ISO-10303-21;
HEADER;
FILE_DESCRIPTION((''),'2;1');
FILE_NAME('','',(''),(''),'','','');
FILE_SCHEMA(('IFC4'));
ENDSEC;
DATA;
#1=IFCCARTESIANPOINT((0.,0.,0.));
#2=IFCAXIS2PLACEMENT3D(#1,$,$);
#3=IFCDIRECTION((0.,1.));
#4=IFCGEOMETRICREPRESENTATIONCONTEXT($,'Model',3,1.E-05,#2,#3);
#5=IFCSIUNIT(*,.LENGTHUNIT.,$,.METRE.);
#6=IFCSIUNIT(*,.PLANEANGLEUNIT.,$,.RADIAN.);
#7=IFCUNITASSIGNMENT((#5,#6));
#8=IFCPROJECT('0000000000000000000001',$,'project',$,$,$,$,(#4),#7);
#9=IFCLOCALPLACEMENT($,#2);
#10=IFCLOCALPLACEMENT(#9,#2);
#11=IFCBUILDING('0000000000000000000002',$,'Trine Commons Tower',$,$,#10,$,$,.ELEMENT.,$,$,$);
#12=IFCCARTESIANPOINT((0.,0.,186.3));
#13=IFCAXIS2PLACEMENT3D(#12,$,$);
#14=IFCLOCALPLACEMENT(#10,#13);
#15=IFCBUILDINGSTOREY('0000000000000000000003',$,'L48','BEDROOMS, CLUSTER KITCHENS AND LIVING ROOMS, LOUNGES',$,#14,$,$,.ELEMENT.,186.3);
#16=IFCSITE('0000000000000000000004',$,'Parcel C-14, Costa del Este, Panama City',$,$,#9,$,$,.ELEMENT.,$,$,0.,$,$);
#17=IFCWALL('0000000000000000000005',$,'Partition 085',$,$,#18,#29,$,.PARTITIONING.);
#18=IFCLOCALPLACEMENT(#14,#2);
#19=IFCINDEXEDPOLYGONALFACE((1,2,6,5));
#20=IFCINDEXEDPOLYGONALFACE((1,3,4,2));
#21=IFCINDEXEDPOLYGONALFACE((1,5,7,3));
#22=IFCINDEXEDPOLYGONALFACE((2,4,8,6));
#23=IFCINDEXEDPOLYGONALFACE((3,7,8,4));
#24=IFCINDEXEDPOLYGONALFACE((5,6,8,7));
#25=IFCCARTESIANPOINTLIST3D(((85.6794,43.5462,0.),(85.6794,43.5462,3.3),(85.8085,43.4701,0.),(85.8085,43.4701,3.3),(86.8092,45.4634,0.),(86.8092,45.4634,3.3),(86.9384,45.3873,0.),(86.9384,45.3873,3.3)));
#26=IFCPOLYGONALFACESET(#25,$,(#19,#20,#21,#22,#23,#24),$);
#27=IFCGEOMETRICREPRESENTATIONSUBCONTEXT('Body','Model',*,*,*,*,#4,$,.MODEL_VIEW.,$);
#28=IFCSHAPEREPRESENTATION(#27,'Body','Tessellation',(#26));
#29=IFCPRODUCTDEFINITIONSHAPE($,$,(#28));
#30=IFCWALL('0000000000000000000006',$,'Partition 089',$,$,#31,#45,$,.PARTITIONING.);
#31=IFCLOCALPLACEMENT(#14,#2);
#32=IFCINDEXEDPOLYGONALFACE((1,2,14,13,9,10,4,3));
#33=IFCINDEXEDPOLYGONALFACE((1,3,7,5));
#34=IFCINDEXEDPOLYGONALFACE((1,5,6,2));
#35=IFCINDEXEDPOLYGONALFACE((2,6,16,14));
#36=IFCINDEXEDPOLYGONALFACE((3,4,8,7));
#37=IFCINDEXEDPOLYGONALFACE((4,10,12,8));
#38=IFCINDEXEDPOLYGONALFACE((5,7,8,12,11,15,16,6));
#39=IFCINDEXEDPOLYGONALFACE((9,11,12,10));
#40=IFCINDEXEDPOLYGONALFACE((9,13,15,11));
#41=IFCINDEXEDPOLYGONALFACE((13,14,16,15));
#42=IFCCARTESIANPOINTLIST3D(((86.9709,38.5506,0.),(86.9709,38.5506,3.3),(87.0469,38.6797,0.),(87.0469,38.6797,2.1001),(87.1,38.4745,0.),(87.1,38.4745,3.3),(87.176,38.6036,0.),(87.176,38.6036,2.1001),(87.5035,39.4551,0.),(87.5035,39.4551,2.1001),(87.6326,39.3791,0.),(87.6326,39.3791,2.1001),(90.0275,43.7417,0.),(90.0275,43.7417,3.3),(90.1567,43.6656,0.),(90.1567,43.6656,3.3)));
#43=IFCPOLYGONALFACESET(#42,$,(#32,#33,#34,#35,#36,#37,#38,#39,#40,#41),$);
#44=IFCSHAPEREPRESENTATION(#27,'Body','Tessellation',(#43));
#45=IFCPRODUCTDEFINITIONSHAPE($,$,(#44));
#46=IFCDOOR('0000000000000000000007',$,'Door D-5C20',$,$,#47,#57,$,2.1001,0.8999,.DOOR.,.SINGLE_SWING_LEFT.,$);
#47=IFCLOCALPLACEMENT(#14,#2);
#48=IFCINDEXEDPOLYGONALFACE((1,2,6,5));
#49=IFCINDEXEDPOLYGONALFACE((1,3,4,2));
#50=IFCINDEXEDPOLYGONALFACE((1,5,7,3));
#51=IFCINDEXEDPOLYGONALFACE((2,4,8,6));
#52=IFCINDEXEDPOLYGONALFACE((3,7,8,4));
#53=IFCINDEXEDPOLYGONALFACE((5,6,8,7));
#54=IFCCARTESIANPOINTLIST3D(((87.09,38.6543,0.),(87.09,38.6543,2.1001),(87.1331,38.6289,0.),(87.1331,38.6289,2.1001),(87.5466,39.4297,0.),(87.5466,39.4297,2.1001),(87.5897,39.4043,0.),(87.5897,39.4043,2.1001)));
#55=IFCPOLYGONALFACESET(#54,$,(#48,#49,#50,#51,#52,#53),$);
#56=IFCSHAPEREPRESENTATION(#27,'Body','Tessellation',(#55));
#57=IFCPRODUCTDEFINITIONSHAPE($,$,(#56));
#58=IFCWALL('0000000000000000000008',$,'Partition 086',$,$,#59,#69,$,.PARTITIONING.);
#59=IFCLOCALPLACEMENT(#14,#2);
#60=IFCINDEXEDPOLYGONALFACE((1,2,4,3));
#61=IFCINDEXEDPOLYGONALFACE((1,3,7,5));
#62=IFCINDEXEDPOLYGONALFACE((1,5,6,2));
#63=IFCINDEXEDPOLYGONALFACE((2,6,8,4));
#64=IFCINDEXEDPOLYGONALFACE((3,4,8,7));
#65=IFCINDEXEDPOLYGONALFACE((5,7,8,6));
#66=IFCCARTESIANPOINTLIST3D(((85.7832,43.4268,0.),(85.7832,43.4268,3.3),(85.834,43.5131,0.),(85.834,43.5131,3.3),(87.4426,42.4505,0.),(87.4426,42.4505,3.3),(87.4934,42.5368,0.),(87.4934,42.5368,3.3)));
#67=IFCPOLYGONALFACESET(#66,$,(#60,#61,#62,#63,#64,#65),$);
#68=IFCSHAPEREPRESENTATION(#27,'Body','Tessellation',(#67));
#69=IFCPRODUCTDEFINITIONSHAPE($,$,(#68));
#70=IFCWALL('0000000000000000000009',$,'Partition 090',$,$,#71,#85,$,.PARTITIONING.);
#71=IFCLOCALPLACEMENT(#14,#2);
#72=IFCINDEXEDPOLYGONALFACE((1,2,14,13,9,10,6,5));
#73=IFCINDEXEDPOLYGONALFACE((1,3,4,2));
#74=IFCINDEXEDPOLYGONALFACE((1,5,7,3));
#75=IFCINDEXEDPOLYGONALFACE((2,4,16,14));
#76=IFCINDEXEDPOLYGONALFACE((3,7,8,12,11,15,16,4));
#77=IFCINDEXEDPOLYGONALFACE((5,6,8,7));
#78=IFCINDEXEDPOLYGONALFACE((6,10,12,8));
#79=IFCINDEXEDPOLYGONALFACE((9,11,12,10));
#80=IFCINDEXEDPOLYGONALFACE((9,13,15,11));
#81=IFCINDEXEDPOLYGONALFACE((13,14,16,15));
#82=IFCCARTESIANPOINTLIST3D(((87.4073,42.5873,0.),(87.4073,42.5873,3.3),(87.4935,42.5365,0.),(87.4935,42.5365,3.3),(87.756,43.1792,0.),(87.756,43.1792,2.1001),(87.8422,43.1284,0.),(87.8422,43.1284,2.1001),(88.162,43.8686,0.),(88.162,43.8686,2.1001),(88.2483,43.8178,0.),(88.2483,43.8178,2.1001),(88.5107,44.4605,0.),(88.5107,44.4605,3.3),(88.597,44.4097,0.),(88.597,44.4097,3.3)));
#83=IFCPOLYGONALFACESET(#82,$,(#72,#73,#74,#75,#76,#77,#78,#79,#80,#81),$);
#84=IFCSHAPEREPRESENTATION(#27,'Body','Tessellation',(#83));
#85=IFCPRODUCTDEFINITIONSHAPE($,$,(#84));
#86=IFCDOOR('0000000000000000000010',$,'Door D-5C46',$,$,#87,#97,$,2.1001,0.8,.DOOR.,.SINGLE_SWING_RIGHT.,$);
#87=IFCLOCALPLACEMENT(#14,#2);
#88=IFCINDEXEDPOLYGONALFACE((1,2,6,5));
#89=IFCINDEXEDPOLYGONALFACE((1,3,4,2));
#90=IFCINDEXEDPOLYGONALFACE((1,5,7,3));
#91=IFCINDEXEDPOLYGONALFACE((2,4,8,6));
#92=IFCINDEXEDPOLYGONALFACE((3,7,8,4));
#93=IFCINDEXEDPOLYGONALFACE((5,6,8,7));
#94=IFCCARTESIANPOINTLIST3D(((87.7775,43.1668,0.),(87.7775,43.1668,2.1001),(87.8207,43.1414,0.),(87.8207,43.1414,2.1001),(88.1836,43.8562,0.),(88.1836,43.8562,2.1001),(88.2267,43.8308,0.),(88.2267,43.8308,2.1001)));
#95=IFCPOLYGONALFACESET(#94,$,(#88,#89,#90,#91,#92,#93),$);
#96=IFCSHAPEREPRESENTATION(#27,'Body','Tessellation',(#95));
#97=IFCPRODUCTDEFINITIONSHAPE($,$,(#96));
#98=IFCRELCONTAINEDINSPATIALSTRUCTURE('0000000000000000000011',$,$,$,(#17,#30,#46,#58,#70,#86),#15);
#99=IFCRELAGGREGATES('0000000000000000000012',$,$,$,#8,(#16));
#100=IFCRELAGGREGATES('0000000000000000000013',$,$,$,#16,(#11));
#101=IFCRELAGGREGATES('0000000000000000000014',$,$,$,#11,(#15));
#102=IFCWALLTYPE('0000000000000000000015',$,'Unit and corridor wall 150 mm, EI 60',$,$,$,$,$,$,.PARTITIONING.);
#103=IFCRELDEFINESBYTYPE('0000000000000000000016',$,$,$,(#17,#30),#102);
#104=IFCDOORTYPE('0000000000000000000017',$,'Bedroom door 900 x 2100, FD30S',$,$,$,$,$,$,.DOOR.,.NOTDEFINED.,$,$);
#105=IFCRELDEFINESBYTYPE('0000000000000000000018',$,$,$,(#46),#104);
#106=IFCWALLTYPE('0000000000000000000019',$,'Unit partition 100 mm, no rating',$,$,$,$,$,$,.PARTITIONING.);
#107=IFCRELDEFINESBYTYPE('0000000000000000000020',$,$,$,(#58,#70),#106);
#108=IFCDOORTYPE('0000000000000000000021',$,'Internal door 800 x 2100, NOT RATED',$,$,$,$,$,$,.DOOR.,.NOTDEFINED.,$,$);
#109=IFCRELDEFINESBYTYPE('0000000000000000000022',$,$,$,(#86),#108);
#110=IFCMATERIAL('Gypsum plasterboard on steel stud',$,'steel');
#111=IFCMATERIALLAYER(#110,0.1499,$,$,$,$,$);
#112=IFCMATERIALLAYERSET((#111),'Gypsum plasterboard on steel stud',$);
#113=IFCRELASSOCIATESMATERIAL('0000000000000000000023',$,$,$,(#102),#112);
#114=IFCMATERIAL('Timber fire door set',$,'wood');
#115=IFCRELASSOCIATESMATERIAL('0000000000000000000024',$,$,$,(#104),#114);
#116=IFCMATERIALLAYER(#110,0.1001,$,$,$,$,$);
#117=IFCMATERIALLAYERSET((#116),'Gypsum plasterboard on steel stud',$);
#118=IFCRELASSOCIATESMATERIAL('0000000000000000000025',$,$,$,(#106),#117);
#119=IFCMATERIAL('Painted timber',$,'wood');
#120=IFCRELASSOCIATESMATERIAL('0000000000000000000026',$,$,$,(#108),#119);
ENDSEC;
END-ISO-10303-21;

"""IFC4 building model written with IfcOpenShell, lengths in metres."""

from ifc_helpers import new_model, si_unit, direction, frame, frame_2d, origin, place, context, subcontext, project, spatial, rectangle, extrude, material, layer, layer_set, type_object, element, fill, save


model = new_model("IFC4")

# Units and contexts
model_context = context("Model", 3, precision=1e-05, world=origin(), true_north=direction((0.0, 1.0)))
body_context = subcontext(model_context, "Body", "Model", "MODEL_VIEW")
ifc_project = project(units=[si_unit("LENGTHUNIT", "METRE"), si_unit("PLANEANGLEUNIT", "RADIAN")], contexts=[model_context])

# Site, building, storey
site_placement = place(None, origin())
site = spatial("IfcSite", under=ifc_project, at=site_placement, Name="Parcel C-14, Costa del Este, Panama City", CompositionType="ELEMENT", RefElevation=0.0)
building_placement = place(site_placement, origin())
building = spatial("IfcBuilding", under=site, at=building_placement, Name="Trine Commons Tower", CompositionType="ELEMENT")
storey_placement = place(building_placement, frame((0.0, 0.0, 186.3)))
storey = spatial("IfcBuildingStorey", under=building, at=storey_placement, Name="L48", Description="BEDROOMS, CLUSTER KITCHENS AND LIVING ROOMS, LOUNGES", CompositionType="ELEMENT", Elevation=186.3)

# Wall
ifc_material_1 = material(Name="Gypsum plasterboard on steel stud", Category="steel")
ifc_layer_1 = layer(ifc_material_1, 0.1499)
ifc_layer_set_1 = layer_set([ifc_layer_1], Name="Gypsum plasterboard on steel stud")
wall_type_1 = type_object("IfcWallType", Name="Unit and corridor wall 150 mm, EI 60", PredefinedType="PARTITIONING", material=ifc_layer_set_1)
wall_1_placement = place(storey_placement, frame((85.7439, 43.5081, 0.0), z_axis=(0.0, 0.0, 1.0), x_axis=(0.50772, 0.861522, 0.0)))
element("IfcWall", 1, at=wall_1_placement, inside=storey, type_object=wall_type_1, Name="Partition 085", PredefinedType="PARTITIONING", context=body_context, shape_type="SweptSolid", body=[
    extrude(rectangle(XDim=2.2253, YDim=0.1499, at=frame_2d((1.1128, 0.0))), origin(), (0.0, 0.0, 1.0), 3.3),
])

# Wall, opening, door
wall_2_placement = place(storey_placement, frame((87.0354, 38.5125, 0.0), z_axis=(0.0, 0.0, 1.0), x_axis=(0.507392, 0.861715, 0.0)))
wall_2 = element("IfcWall", 2, at=wall_2_placement, inside=storey, type_object=wall_type_1, Name="Partition 089", PredefinedType="PARTITIONING", context=body_context, shape_type="SweptSolid", body=[
    extrude(rectangle(XDim=6.0242, YDim=0.1499, at=frame_2d((3.0122, 0.0))), origin(), (0.0, 0.0, 1.0), 3.3),
])
opening_1_placement = place(wall_2_placement, frame((0.1499, 0.0, 0.0)))
opening_1 = element("IfcOpeningElement", 3, at=opening_1_placement, cuts=wall_2, PredefinedType="OPENING", context=body_context, shape_type="SweptSolid", body=[
    extrude(rectangle(XDim=0.8999, YDim=2.1001, at=frame_2d((0.45, 1.05))), frame((0.0, 0.085, 0.0), z_axis=(0.0, -1.0, 0.0), x_axis=(1.0, 0.0, 0.0)), (0.0, 0.0, 1.0), 0.1699),
])
ifc_material_2 = material(Name="Timber fire door set", Category="wood")
door_type_1 = type_object("IfcDoorType", Name="Bedroom door 900 x 2100, FD30S", OperationType="NOTDEFINED", PredefinedType="DOOR", material=ifc_material_2)
door_1_placement = place(opening_1_placement, origin())
door_1 = element("IfcDoor", 4, at=door_1_placement, inside=storey, type_object=door_type_1, Name="Door D-5C20", OperationType="SINGLE_SWING_LEFT", OverallHeight=2.1001, OverallWidth=0.8999, PredefinedType="DOOR", context=body_context, shape_type="SweptSolid", body=[
    extrude(rectangle(XDim=0.8999, YDim=2.1001, at=frame_2d((0.45, 1.05))), frame((0.0, 0.0249, 0.0), z_axis=(0.0, -1.0, 0.0), x_axis=(1.0, 0.0, 0.0)), (0.0, 0.0, 1.0), 0.05),
])
fill(opening_1, door_1)

# Wall
ifc_layer_2 = layer(ifc_material_1, 0.1001)
ifc_layer_set_2 = layer_set([ifc_layer_2], Name="Gypsum plasterboard on steel stud")
wall_type_2 = type_object("IfcWallType", Name="Unit partition 100 mm, no rating", PredefinedType="PARTITIONING", material=ifc_layer_set_2)
wall_3_placement = place(storey_placement, frame((85.8086, 43.47, 0.0), z_axis=(0.0, 0.0, 1.0), x_axis=(0.861892, -0.507092, 0.0)))
element("IfcWall", 5, at=wall_3_placement, inside=storey, type_object=wall_type_2, Name="Partition 086", PredefinedType="PARTITIONING", context=body_context, shape_type="SweptSolid", body=[
    extrude(rectangle(XDim=1.9253, YDim=0.1001, at=frame_2d((0.9626, 0.0))), origin(), (0.0, 0.0, 1.0), 3.3),
])

# Wall, opening, door
wall_4_placement = place(storey_placement, frame((87.4504, 42.562, 0.0), z_axis=(0.0, 0.0, 1.0), x_axis=(0.50756, 0.861617, 0.0)))
wall_4 = element("IfcWall", 6, at=wall_4_placement, inside=storey, type_object=wall_type_2, Name="Partition 090", PredefinedType="PARTITIONING", context=body_context, shape_type="SweptSolid", body=[
    extrude(rectangle(XDim=2.1741, YDim=0.1001, at=frame_2d((1.0869, 0.0))), origin(), (0.0, 0.0, 1.0), 3.3),
])
opening_2_placement = place(wall_4_placement, frame((0.687, 0.0, 0.0)))
opening_2 = element("IfcOpeningElement", 7, at=opening_2_placement, cuts=wall_4, PredefinedType="OPENING", context=body_context, shape_type="SweptSolid", body=[
    extrude(rectangle(XDim=0.8, YDim=2.1001, at=frame_2d((0.3999, 1.05))), frame((0.0, 0.0601, 0.0), z_axis=(0.0, -1.0, 0.0), x_axis=(1.0, 0.0, 0.0)), (0.0, 0.0, 1.0), 0.1201),
])
ifc_material_3 = material(Name="Painted timber", Category="wood")
door_type_2 = type_object("IfcDoorType", Name="Internal door 800 x 2100, NOT RATED", OperationType="NOTDEFINED", PredefinedType="DOOR", material=ifc_material_3)
door_2_placement = place(opening_2_placement, frame((0.8, 0.0, 0.0), z_axis=(0.0, 0.0, 1.0), x_axis=(-1.0, 0.0, 0.0)))
door_2 = element("IfcDoor", 8, at=door_2_placement, inside=storey, type_object=door_type_2, Name="Door D-5C46", OperationType="SINGLE_SWING_RIGHT", OverallHeight=2.1001, OverallWidth=0.8, PredefinedType="DOOR", context=body_context, shape_type="SweptSolid", body=[
    extrude(rectangle(XDim=0.8, YDim=2.1001, at=frame_2d((0.3999, 1.05))), frame((0.0, 0.0249, 0.0), z_axis=(0.0, -1.0, 0.0), x_axis=(1.0, 0.0, 0.0)), (0.0, 0.0, 1.0), 0.05),
])
fill(opening_2, door_2)

save(model, "model.ifc")
